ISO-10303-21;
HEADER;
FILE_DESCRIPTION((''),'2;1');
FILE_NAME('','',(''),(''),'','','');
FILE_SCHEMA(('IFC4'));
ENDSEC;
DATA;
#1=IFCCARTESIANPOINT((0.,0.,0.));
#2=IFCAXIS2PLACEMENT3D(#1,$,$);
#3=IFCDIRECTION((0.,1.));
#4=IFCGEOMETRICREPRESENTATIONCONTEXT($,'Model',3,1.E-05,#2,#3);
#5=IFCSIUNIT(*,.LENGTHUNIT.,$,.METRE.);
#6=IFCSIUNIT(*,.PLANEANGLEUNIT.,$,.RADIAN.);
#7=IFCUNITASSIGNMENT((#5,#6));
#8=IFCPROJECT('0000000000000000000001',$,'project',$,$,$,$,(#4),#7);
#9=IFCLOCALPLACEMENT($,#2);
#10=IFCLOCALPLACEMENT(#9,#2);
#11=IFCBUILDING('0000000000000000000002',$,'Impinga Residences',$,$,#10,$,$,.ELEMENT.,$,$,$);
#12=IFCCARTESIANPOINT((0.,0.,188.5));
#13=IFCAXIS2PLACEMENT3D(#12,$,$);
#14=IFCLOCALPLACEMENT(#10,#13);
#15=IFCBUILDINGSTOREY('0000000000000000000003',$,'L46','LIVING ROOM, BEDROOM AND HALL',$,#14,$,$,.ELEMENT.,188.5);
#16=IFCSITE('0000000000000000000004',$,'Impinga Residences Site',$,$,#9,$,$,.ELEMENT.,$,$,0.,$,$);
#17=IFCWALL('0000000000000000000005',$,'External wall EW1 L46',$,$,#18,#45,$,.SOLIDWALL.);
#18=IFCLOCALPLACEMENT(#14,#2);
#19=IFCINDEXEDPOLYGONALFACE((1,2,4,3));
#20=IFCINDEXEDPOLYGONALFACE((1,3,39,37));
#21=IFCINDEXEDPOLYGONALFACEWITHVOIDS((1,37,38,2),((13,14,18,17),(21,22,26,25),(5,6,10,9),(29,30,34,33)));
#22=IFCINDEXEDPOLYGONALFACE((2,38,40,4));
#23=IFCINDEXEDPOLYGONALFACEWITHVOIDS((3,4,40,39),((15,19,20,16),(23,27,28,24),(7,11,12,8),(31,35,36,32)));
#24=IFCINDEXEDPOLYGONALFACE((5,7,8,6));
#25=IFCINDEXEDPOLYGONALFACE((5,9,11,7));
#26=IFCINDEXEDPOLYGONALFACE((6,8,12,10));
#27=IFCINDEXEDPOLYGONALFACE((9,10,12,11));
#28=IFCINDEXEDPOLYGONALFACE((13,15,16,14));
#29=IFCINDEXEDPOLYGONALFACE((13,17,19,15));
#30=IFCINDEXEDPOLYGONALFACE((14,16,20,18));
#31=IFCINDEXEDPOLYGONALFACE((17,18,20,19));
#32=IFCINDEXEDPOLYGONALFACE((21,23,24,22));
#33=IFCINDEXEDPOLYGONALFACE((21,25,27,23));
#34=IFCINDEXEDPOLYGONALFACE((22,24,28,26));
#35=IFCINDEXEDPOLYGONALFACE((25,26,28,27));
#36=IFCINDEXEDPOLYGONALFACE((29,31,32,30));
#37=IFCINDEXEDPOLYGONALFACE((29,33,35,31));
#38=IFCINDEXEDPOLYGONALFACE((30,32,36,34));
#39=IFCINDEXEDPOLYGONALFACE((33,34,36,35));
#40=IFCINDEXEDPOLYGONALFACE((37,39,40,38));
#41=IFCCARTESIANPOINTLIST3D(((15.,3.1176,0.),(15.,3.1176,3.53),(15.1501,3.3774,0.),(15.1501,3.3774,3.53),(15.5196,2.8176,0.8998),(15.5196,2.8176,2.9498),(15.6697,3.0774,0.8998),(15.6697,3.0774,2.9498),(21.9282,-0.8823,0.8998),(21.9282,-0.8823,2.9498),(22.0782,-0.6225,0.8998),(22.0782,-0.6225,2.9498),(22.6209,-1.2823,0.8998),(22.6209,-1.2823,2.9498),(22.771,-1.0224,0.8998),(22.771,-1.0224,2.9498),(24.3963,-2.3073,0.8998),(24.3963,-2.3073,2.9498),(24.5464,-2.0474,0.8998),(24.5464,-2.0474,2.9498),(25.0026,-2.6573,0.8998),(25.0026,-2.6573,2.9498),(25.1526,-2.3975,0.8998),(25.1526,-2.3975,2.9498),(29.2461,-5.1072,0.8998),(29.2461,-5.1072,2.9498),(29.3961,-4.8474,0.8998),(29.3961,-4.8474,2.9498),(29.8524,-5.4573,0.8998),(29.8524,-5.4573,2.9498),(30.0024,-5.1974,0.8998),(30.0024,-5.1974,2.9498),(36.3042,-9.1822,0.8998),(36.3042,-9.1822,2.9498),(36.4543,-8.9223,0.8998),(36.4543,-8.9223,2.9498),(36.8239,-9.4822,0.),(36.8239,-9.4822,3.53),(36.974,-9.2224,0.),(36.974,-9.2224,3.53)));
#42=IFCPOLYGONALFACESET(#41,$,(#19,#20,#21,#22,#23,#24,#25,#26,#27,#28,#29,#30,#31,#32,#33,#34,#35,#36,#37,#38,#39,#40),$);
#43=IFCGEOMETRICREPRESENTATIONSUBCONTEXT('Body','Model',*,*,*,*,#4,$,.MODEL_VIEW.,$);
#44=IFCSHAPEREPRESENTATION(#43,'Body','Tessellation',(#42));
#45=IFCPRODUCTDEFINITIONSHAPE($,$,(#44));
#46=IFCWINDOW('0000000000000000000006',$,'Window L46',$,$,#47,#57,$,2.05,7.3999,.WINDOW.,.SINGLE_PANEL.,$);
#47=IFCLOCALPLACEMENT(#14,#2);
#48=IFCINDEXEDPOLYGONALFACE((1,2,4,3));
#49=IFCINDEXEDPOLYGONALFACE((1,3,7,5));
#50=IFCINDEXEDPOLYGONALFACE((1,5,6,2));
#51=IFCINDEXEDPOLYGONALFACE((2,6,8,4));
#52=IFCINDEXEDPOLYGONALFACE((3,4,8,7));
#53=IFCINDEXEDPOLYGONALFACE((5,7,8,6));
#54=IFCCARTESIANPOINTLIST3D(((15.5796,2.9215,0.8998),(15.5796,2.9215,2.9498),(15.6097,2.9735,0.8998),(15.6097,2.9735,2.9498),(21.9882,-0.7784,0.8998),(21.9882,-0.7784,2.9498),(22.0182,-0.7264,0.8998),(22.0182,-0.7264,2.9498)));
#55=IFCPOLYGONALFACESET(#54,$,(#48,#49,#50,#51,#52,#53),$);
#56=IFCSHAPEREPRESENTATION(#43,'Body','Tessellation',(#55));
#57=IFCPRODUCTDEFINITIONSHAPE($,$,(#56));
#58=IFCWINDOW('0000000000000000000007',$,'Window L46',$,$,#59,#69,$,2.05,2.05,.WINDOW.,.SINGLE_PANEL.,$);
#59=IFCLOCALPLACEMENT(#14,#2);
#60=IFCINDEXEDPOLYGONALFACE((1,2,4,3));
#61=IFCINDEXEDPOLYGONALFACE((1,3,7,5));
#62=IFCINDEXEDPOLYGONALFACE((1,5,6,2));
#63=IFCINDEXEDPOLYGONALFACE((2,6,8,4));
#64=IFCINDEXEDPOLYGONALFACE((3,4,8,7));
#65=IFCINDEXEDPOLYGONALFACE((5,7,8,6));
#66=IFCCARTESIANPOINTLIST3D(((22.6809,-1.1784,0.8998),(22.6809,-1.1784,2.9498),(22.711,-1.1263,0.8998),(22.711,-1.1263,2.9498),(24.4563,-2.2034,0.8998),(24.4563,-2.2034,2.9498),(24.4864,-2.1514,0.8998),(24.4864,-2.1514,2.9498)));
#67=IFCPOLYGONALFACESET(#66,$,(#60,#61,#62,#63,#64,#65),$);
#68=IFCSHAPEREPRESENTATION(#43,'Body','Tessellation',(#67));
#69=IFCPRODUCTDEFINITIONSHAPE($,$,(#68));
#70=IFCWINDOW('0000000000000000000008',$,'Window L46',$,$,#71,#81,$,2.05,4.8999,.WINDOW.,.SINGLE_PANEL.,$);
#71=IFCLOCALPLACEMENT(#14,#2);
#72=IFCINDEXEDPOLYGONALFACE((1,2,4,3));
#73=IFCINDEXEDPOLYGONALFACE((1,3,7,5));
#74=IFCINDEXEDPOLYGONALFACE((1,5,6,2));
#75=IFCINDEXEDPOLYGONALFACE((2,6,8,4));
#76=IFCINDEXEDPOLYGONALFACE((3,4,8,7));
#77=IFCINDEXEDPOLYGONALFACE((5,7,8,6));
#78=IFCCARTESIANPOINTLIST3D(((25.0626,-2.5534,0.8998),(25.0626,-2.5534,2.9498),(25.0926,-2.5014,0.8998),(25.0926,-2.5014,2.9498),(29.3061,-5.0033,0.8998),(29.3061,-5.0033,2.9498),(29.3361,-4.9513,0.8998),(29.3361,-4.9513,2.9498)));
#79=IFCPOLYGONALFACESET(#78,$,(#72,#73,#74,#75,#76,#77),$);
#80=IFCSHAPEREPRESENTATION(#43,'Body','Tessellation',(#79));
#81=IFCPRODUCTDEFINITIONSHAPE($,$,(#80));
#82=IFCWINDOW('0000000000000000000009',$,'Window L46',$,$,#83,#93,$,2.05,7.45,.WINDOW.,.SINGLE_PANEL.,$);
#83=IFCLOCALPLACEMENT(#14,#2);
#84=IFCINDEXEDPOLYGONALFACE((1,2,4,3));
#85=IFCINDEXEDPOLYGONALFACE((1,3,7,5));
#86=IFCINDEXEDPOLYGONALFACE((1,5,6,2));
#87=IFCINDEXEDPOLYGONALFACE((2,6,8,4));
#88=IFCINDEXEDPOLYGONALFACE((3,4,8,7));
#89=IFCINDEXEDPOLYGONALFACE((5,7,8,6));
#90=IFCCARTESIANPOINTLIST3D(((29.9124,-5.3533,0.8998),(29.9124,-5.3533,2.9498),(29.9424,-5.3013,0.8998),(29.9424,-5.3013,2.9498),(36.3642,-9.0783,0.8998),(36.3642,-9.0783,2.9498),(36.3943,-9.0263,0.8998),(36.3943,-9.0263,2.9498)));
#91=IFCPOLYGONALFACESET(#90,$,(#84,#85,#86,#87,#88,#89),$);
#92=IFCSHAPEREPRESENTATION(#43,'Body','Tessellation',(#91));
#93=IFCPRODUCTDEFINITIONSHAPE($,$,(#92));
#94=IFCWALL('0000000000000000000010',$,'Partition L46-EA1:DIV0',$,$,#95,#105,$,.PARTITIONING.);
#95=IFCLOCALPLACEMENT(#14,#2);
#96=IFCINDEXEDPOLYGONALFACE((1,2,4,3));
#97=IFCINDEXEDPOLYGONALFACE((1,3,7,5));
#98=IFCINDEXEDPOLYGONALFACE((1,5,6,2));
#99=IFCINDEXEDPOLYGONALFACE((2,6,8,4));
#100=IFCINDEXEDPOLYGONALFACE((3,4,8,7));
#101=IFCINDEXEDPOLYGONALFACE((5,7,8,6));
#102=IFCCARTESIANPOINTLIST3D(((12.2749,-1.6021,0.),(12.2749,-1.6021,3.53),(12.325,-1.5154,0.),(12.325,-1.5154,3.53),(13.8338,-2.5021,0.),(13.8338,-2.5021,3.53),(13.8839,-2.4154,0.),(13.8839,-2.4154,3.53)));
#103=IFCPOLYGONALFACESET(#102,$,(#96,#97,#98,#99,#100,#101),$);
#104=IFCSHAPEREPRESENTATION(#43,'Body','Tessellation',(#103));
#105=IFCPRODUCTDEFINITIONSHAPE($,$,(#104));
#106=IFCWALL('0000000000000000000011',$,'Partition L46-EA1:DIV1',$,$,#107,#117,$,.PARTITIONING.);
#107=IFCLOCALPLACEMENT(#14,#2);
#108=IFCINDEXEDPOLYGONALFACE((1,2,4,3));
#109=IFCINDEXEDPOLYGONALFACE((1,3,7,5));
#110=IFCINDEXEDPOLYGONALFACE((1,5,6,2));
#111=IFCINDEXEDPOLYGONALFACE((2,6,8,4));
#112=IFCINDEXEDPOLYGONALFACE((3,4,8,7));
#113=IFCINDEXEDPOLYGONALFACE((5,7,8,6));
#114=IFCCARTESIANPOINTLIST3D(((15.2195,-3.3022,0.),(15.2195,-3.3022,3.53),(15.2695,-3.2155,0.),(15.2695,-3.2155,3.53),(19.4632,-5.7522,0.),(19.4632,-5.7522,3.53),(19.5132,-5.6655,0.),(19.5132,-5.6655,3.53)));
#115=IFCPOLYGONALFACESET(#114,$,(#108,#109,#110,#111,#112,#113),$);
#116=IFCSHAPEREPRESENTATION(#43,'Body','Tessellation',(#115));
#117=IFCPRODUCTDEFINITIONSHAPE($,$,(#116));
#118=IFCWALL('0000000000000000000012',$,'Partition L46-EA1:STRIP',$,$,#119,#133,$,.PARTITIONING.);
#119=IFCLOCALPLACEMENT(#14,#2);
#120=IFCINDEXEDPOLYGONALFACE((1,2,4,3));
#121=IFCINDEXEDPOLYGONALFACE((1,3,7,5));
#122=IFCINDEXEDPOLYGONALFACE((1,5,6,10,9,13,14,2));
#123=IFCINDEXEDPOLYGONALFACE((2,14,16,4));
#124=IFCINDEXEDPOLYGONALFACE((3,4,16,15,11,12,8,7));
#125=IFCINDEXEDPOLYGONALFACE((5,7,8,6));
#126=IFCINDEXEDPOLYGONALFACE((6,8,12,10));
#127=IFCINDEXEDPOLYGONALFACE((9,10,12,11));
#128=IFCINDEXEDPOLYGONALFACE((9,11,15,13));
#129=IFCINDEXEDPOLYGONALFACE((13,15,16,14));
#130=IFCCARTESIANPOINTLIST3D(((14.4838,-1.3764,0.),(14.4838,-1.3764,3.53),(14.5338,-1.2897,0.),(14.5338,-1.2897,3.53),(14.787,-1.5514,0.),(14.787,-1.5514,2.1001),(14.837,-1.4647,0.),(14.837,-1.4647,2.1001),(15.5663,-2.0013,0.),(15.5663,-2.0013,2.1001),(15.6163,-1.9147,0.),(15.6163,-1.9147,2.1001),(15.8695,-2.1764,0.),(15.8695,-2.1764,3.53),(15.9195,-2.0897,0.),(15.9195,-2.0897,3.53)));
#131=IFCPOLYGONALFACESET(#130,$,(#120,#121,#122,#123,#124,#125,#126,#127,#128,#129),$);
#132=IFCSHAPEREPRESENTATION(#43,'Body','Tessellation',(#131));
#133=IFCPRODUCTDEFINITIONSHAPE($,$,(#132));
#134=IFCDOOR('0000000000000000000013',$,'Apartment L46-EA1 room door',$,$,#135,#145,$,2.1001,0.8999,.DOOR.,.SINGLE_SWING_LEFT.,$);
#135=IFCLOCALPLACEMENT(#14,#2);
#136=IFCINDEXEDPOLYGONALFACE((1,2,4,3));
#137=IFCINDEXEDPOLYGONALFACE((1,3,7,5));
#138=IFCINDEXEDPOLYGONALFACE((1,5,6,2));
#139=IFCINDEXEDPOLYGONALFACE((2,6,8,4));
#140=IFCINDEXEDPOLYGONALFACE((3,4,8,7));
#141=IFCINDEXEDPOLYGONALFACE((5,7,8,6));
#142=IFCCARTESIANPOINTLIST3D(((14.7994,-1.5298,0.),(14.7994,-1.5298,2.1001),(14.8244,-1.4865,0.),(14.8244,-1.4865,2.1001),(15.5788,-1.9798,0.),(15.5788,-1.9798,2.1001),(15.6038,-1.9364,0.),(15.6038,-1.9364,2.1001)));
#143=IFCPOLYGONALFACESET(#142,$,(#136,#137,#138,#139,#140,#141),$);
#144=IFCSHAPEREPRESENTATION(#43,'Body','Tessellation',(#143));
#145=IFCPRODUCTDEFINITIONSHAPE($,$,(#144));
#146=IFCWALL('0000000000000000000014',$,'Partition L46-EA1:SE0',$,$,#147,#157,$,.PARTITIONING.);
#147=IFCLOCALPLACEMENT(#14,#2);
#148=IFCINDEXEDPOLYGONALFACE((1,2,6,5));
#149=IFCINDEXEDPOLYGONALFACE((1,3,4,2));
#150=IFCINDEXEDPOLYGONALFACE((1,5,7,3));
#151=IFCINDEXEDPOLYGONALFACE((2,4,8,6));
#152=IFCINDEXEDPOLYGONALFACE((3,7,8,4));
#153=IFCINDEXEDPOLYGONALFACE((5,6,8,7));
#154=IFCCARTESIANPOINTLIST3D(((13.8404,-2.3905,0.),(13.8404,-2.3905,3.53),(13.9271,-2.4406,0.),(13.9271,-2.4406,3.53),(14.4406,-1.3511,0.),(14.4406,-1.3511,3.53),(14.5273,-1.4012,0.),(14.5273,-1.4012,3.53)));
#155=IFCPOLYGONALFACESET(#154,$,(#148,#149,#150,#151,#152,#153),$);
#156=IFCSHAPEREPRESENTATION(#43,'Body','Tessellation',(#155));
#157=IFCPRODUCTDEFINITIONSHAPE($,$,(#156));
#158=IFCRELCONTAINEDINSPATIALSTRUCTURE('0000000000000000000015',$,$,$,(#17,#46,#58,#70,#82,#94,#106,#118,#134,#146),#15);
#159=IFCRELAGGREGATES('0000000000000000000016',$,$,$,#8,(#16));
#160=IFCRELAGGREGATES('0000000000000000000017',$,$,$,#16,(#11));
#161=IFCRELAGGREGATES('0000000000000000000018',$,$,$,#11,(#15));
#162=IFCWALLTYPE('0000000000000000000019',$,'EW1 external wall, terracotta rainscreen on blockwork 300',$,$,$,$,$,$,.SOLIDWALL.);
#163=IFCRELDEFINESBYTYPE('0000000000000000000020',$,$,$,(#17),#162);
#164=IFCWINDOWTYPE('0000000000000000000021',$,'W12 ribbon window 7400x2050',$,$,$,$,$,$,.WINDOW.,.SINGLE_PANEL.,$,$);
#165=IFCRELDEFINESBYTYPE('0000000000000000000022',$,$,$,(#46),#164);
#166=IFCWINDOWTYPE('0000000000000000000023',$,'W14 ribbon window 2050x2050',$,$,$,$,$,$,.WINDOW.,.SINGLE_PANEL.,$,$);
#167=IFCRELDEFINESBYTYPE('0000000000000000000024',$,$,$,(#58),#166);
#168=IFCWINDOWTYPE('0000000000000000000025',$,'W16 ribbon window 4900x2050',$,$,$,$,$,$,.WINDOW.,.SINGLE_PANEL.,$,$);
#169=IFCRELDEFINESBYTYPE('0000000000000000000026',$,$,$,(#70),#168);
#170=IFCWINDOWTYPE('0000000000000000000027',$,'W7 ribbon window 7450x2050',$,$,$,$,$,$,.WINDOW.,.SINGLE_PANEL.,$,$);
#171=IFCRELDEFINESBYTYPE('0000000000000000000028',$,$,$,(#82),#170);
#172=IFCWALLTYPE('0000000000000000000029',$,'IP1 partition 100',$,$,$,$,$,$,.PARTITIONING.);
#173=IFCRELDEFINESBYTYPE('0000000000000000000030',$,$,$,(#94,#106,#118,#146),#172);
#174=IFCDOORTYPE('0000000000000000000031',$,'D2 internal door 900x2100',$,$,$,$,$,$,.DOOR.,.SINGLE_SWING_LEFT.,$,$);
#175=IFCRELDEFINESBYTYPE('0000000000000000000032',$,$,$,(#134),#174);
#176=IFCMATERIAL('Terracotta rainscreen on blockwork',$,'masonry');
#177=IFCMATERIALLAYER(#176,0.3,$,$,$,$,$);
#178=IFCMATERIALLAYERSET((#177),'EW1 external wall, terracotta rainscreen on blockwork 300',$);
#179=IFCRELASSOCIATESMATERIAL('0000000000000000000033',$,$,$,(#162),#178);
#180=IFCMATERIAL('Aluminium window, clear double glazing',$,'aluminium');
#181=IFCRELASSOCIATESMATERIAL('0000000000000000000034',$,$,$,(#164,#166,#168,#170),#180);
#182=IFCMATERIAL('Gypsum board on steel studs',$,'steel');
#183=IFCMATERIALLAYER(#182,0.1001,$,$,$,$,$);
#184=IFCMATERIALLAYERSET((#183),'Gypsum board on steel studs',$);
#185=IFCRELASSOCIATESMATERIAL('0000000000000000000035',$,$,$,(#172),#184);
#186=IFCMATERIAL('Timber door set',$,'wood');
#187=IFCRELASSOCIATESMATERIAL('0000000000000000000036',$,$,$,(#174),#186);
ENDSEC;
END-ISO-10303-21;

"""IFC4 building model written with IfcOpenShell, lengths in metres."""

from ifc_helpers import new_model, si_unit, direction, frame, frame_2d, origin, place, context, subcontext, project, spatial, rectangle, extrude, material, layer, layer_set, type_object, element, fill, save


model = new_model("IFC4")

# Units and contexts
model_context = context("Model", 3, precision=1e-05, world=origin(), true_north=direction((0.0, 1.0)))
body_context = subcontext(model_context, "Body", "Model", "MODEL_VIEW")
ifc_project = project(units=[si_unit("LENGTHUNIT", "METRE"), si_unit("PLANEANGLEUNIT", "RADIAN")], contexts=[model_context])

# Site, building, storey
site_placement = place(None, origin())
site = spatial("IfcSite", under=ifc_project, at=site_placement, Name="Impinga Residences Site", CompositionType="ELEMENT", RefElevation=0.0)
building_placement = place(site_placement, origin())
building = spatial("IfcBuilding", under=site, at=building_placement, Name="Impinga Residences", CompositionType="ELEMENT")
storey_placement = place(building_placement, frame((0.0, 0.0, 188.5)))
storey = spatial("IfcBuildingStorey", under=building, at=storey_placement, Name="L46", Description="LIVING ROOM, BEDROOM AND HALL", CompositionType="ELEMENT", Elevation=188.5)

# Shared definitions
ifc_material_1 = material(Name="Timber door set", Category="wood")

# Shared definitions
ifc_material_2 = material(Name="Terracotta rainscreen on blockwork", Category="masonry")
ifc_layer_1 = layer(ifc_material_2, 0.3)
ifc_layer_set_1 = layer_set([ifc_layer_1], Name="EW1 external wall, terracotta rainscreen on blockwork 300")
wall_type_1 = type_object("IfcWallType", Name="EW1 external wall, terracotta rainscreen on blockwork 300", PredefinedType="SOLIDWALL", material=ifc_layer_set_1)

# Wall, openings, windows
wall_1_placement = place(storey_placement, frame((15.075, 3.2476, 0.0), z_axis=(0.0, 0.0, 1.0), x_axis=(0.866029, -0.499993, 0.0)))
wall_1 = element("IfcWall", 1, at=wall_1_placement, inside=storey, type_object=wall_type_1, Name="External wall EW1 L46", PredefinedType="SOLIDWALL", context=body_context, shape_type="SweptSolid", body=[
    extrude(rectangle(XDim=25.2, YDim=0.3, at=frame_2d((12.6001, 0.0))), origin(), (0.0, 0.0, 1.0), 3.53),
])
opening_1_placement = place(wall_1_placement, frame((0.6001, 0.0, 0.8999)))
opening_1 = element("IfcOpeningElement", 2, at=opening_1_placement, cuts=wall_1, PredefinedType="OPENING", context=body_context, shape_type="SweptSolid", body=[
    extrude(rectangle(XDim=7.3999, YDim=2.05, at=frame_2d((3.7, 1.0249))), frame((0.0, 0.1599, 0.0), z_axis=(0.0, -1.0, 0.0), x_axis=(1.0, 0.0, 0.0)), (0.0, 0.0, 1.0), 0.3201),
])
opening_2_placement = place(wall_1_placement, frame((8.8, 0.0, 0.8999)))
opening_2 = element("IfcOpeningElement", 3, at=opening_2_placement, cuts=wall_1, PredefinedType="OPENING", context=body_context, shape_type="SweptSolid", body=[
    extrude(rectangle(XDim=2.05, YDim=2.05, at=frame_2d((1.0249, 1.0249))), frame((0.0, 0.1599, 0.0), z_axis=(0.0, -1.0, 0.0), x_axis=(1.0, 0.0, 0.0)), (0.0, 0.0, 1.0), 0.3201),
])
opening_3_placement = place(wall_1_placement, frame((11.55, 0.0, 0.8999)))
opening_3 = element("IfcOpeningElement", 4, at=opening_3_placement, cuts=wall_1, PredefinedType="OPENING", context=body_context, shape_type="SweptSolid", body=[
    extrude(rectangle(XDim=4.8999, YDim=2.05, at=frame_2d((2.45, 1.0249))), frame((0.0, 0.1599, 0.0), z_axis=(0.0, -1.0, 0.0), x_axis=(1.0, 0.0, 0.0)), (0.0, 0.0, 1.0), 0.3201),
])
opening_4_placement = place(wall_1_placement, frame((17.1499, 0.0, 0.8999)))
opening_4 = element("IfcOpeningElement", 5, at=opening_4_placement, cuts=wall_1, PredefinedType="OPENING", context=body_context, shape_type="SweptSolid", body=[
    extrude(rectangle(XDim=7.45, YDim=2.05, at=frame_2d((3.7251, 1.0249))), frame((0.0, 0.1599, 0.0), z_axis=(0.0, -1.0, 0.0), x_axis=(1.0, 0.0, 0.0)), (0.0, 0.0, 1.0), 0.3201),
])
ifc_material_3 = material(Name="Aluminium window, clear double glazing", Category="aluminium")
window_type_1 = type_object("IfcWindowType", Name="W12 ribbon window 7400x2050", PartitioningType="SINGLE_PANEL", PredefinedType="WINDOW", material=ifc_material_3)
window_1_placement = place(opening_1_placement, origin())
window_1 = element("IfcWindow", 6, at=window_1_placement, inside=storey, type_object=window_type_1, Name="Window L46", OverallHeight=2.05, OverallWidth=7.3999, PartitioningType="SINGLE_PANEL", PredefinedType="WINDOW", context=body_context, shape_type="SweptSolid", body=[
    extrude(rectangle(XDim=7.3999, YDim=2.05, at=frame_2d((3.7, 1.0249))), frame((0.0, 0.03, 0.0), z_axis=(0.0, -1.0, 0.0), x_axis=(1.0, 0.0, 0.0)), (0.0, 0.0, 1.0), 0.0601),
])
fill(opening_1, window_1)
window_type_2 = type_object("IfcWindowType", Name="W14 ribbon window 2050x2050", PartitioningType="SINGLE_PANEL", PredefinedType="WINDOW", material=ifc_material_3)
window_2_placement = place(opening_2_placement, origin())
window_2 = element("IfcWindow", 7, at=window_2_placement, inside=storey, type_object=window_type_2, Name="Window L46", OverallHeight=2.05, OverallWidth=2.05, PartitioningType="SINGLE_PANEL", PredefinedType="WINDOW", context=body_context, shape_type="SweptSolid", body=[
    extrude(rectangle(XDim=2.05, YDim=2.05, at=frame_2d((1.0249, 1.0249))), frame((0.0, 0.03, 0.0), z_axis=(0.0, -1.0, 0.0), x_axis=(1.0, 0.0, 0.0)), (0.0, 0.0, 1.0), 0.0601),
])
fill(opening_2, window_2)
window_type_3 = type_object("IfcWindowType", Name="W16 ribbon window 4900x2050", PartitioningType="SINGLE_PANEL", PredefinedType="WINDOW", material=ifc_material_3)
window_3_placement = place(opening_3_placement, origin())
window_3 = element("IfcWindow", 8, at=window_3_placement, inside=storey, type_object=window_type_3, Name="Window L46", OverallHeight=2.05, OverallWidth=4.8999, PartitioningType="SINGLE_PANEL", PredefinedType="WINDOW", context=body_context, shape_type="SweptSolid", body=[
    extrude(rectangle(XDim=4.8999, YDim=2.05, at=frame_2d((2.45, 1.0249))), frame((0.0, 0.03, 0.0), z_axis=(0.0, -1.0, 0.0), x_axis=(1.0, 0.0, 0.0)), (0.0, 0.0, 1.0), 0.0601),
])
fill(opening_3, window_3)
window_type_4 = type_object("IfcWindowType", Name="W7 ribbon window 7450x2050", PartitioningType="SINGLE_PANEL", PredefinedType="WINDOW", material=ifc_material_3)
window_4_placement = place(opening_4_placement, origin())
window_4 = element("IfcWindow", 9, at=window_4_placement, inside=storey, type_object=window_type_4, Name="Window L46", OverallHeight=2.05, OverallWidth=7.45, PartitioningType="SINGLE_PANEL", PredefinedType="WINDOW", context=body_context, shape_type="SweptSolid", body=[
    extrude(rectangle(XDim=7.45, YDim=2.05, at=frame_2d((3.7251, 1.0249))), frame((0.0, 0.03, 0.0), z_axis=(0.0, -1.0, 0.0), x_axis=(1.0, 0.0, 0.0)), (0.0, 0.0, 1.0), 0.0601),
])
fill(opening_4, window_4)

# Walls
ifc_material_4 = material(Name="Gypsum board on steel studs", Category="steel")
ifc_layer_2 = layer(ifc_material_4, 0.1001)
ifc_layer_set_2 = layer_set([ifc_layer_2], Name="Gypsum board on steel studs")
wall_type_2 = type_object("IfcWallType", Name="IP1 partition 100", PredefinedType="PARTITIONING", material=ifc_layer_set_2)
wall_2_placement = place(storey_placement, frame((12.3, -1.5588, 0.0), z_axis=(0.0, 0.0, 1.0), x_axis=(0.866048, -0.499961, 0.0)))
element("IfcWall", 10, at=wall_2_placement, inside=storey, type_object=wall_type_2, Name="Partition L46-EA1:DIV0", PredefinedType="PARTITIONING", context=body_context, shape_type="SweptSolid", body=[
    extrude(rectangle(XDim=1.8, YDim=0.1001, at=frame_2d((0.8999, 0.0))), origin(), (0.0, 0.0, 1.0), 3.53),
])
wall_3_placement = place(storey_placement, frame((15.2444, -3.2588, 0.0), z_axis=(0.0, 0.0, 1.0), x_axis=(0.866036, -0.499981, 0.0)))
element("IfcWall", 11, at=wall_3_placement, inside=storey, type_object=wall_type_2, Name="Partition L46-EA1:DIV1", PredefinedType="PARTITIONING", context=body_context, shape_type="SweptSolid", body=[
    extrude(rectangle(XDim=4.9001, YDim=0.1001, at=frame_2d((2.4502, 0.0))), origin(), (0.0, 0.0, 1.0), 3.53),
])

# Wall, opening, door
wall_4_placement = place(storey_placement, frame((14.5088, -1.333, 0.0), z_axis=(0.0, 0.0, 1.0), x_axis=(0.866028, -0.499995, 0.0)))
wall_4 = element("IfcWall", 12, at=wall_4_placement, inside=storey, type_object=wall_type_2, Name="Partition L46-EA1:STRIP", PredefinedType="PARTITIONING", context=body_context, shape_type="SweptSolid", body=[
    extrude(rectangle(XDim=1.6001, YDim=0.1001, at=frame_2d((0.8, 0.0))), origin(), (0.0, 0.0, 1.0), 3.53),
])
opening_5_placement = place(wall_4_placement, frame((0.3501, 0.0, 0.0)))
opening_5 = element("IfcOpeningElement", 13, at=opening_5_placement, cuts=wall_4, PredefinedType="OPENING", context=body_context, shape_type="SweptSolid", body=[
    extrude(rectangle(XDim=0.8999, YDim=2.1001, at=frame_2d((0.45, 1.05))), frame((0.0, 0.0601, 0.0), z_axis=(0.0, -1.0, 0.0), x_axis=(1.0, 0.0, 0.0)), (0.0, 0.0, 1.0), 0.1201),
])
door_type_1 = type_object("IfcDoorType", Name="D2 internal door 900x2100", OperationType="SINGLE_SWING_LEFT", PredefinedType="DOOR", material=ifc_material_1)
door_1_placement = place(opening_5_placement, origin())
door_1 = element("IfcDoor", 14, at=door_1_placement, inside=storey, type_object=door_type_1, Name="Apartment L46-EA1 room door", OperationType="SINGLE_SWING_LEFT", OverallHeight=2.1001, OverallWidth=0.8999, PredefinedType="DOOR", context=body_context, shape_type="SweptSolid", body=[
    extrude(rectangle(XDim=0.8999, YDim=2.1001, at=frame_2d((0.45, 1.05))), frame((0.0, 0.0249, 0.0), z_axis=(0.0, -1.0, 0.0), x_axis=(1.0, 0.0, 0.0)), (0.0, 0.0, 1.0), 0.05),
])
fill(opening_5, door_1)

# Wall
wall_5_placement = place(storey_placement, frame((13.8838, -2.4155, 0.0), z_axis=(0.0, 0.0, 1.0), x_axis=(0.500034, 0.866006, 0.0)))
element("IfcWall", 15, at=wall_5_placement, inside=storey, type_object=wall_type_2, Name="Partition L46-EA1:SE0", PredefinedType="PARTITIONING", context=body_context, shape_type="SweptSolid", body=[
    extrude(rectangle(XDim=1.2002, YDim=0.1001, at=frame_2d((0.6001, 0.0))), origin(), (0.0, 0.0, 1.0), 3.53),
])

save(model, "model.ifc")
